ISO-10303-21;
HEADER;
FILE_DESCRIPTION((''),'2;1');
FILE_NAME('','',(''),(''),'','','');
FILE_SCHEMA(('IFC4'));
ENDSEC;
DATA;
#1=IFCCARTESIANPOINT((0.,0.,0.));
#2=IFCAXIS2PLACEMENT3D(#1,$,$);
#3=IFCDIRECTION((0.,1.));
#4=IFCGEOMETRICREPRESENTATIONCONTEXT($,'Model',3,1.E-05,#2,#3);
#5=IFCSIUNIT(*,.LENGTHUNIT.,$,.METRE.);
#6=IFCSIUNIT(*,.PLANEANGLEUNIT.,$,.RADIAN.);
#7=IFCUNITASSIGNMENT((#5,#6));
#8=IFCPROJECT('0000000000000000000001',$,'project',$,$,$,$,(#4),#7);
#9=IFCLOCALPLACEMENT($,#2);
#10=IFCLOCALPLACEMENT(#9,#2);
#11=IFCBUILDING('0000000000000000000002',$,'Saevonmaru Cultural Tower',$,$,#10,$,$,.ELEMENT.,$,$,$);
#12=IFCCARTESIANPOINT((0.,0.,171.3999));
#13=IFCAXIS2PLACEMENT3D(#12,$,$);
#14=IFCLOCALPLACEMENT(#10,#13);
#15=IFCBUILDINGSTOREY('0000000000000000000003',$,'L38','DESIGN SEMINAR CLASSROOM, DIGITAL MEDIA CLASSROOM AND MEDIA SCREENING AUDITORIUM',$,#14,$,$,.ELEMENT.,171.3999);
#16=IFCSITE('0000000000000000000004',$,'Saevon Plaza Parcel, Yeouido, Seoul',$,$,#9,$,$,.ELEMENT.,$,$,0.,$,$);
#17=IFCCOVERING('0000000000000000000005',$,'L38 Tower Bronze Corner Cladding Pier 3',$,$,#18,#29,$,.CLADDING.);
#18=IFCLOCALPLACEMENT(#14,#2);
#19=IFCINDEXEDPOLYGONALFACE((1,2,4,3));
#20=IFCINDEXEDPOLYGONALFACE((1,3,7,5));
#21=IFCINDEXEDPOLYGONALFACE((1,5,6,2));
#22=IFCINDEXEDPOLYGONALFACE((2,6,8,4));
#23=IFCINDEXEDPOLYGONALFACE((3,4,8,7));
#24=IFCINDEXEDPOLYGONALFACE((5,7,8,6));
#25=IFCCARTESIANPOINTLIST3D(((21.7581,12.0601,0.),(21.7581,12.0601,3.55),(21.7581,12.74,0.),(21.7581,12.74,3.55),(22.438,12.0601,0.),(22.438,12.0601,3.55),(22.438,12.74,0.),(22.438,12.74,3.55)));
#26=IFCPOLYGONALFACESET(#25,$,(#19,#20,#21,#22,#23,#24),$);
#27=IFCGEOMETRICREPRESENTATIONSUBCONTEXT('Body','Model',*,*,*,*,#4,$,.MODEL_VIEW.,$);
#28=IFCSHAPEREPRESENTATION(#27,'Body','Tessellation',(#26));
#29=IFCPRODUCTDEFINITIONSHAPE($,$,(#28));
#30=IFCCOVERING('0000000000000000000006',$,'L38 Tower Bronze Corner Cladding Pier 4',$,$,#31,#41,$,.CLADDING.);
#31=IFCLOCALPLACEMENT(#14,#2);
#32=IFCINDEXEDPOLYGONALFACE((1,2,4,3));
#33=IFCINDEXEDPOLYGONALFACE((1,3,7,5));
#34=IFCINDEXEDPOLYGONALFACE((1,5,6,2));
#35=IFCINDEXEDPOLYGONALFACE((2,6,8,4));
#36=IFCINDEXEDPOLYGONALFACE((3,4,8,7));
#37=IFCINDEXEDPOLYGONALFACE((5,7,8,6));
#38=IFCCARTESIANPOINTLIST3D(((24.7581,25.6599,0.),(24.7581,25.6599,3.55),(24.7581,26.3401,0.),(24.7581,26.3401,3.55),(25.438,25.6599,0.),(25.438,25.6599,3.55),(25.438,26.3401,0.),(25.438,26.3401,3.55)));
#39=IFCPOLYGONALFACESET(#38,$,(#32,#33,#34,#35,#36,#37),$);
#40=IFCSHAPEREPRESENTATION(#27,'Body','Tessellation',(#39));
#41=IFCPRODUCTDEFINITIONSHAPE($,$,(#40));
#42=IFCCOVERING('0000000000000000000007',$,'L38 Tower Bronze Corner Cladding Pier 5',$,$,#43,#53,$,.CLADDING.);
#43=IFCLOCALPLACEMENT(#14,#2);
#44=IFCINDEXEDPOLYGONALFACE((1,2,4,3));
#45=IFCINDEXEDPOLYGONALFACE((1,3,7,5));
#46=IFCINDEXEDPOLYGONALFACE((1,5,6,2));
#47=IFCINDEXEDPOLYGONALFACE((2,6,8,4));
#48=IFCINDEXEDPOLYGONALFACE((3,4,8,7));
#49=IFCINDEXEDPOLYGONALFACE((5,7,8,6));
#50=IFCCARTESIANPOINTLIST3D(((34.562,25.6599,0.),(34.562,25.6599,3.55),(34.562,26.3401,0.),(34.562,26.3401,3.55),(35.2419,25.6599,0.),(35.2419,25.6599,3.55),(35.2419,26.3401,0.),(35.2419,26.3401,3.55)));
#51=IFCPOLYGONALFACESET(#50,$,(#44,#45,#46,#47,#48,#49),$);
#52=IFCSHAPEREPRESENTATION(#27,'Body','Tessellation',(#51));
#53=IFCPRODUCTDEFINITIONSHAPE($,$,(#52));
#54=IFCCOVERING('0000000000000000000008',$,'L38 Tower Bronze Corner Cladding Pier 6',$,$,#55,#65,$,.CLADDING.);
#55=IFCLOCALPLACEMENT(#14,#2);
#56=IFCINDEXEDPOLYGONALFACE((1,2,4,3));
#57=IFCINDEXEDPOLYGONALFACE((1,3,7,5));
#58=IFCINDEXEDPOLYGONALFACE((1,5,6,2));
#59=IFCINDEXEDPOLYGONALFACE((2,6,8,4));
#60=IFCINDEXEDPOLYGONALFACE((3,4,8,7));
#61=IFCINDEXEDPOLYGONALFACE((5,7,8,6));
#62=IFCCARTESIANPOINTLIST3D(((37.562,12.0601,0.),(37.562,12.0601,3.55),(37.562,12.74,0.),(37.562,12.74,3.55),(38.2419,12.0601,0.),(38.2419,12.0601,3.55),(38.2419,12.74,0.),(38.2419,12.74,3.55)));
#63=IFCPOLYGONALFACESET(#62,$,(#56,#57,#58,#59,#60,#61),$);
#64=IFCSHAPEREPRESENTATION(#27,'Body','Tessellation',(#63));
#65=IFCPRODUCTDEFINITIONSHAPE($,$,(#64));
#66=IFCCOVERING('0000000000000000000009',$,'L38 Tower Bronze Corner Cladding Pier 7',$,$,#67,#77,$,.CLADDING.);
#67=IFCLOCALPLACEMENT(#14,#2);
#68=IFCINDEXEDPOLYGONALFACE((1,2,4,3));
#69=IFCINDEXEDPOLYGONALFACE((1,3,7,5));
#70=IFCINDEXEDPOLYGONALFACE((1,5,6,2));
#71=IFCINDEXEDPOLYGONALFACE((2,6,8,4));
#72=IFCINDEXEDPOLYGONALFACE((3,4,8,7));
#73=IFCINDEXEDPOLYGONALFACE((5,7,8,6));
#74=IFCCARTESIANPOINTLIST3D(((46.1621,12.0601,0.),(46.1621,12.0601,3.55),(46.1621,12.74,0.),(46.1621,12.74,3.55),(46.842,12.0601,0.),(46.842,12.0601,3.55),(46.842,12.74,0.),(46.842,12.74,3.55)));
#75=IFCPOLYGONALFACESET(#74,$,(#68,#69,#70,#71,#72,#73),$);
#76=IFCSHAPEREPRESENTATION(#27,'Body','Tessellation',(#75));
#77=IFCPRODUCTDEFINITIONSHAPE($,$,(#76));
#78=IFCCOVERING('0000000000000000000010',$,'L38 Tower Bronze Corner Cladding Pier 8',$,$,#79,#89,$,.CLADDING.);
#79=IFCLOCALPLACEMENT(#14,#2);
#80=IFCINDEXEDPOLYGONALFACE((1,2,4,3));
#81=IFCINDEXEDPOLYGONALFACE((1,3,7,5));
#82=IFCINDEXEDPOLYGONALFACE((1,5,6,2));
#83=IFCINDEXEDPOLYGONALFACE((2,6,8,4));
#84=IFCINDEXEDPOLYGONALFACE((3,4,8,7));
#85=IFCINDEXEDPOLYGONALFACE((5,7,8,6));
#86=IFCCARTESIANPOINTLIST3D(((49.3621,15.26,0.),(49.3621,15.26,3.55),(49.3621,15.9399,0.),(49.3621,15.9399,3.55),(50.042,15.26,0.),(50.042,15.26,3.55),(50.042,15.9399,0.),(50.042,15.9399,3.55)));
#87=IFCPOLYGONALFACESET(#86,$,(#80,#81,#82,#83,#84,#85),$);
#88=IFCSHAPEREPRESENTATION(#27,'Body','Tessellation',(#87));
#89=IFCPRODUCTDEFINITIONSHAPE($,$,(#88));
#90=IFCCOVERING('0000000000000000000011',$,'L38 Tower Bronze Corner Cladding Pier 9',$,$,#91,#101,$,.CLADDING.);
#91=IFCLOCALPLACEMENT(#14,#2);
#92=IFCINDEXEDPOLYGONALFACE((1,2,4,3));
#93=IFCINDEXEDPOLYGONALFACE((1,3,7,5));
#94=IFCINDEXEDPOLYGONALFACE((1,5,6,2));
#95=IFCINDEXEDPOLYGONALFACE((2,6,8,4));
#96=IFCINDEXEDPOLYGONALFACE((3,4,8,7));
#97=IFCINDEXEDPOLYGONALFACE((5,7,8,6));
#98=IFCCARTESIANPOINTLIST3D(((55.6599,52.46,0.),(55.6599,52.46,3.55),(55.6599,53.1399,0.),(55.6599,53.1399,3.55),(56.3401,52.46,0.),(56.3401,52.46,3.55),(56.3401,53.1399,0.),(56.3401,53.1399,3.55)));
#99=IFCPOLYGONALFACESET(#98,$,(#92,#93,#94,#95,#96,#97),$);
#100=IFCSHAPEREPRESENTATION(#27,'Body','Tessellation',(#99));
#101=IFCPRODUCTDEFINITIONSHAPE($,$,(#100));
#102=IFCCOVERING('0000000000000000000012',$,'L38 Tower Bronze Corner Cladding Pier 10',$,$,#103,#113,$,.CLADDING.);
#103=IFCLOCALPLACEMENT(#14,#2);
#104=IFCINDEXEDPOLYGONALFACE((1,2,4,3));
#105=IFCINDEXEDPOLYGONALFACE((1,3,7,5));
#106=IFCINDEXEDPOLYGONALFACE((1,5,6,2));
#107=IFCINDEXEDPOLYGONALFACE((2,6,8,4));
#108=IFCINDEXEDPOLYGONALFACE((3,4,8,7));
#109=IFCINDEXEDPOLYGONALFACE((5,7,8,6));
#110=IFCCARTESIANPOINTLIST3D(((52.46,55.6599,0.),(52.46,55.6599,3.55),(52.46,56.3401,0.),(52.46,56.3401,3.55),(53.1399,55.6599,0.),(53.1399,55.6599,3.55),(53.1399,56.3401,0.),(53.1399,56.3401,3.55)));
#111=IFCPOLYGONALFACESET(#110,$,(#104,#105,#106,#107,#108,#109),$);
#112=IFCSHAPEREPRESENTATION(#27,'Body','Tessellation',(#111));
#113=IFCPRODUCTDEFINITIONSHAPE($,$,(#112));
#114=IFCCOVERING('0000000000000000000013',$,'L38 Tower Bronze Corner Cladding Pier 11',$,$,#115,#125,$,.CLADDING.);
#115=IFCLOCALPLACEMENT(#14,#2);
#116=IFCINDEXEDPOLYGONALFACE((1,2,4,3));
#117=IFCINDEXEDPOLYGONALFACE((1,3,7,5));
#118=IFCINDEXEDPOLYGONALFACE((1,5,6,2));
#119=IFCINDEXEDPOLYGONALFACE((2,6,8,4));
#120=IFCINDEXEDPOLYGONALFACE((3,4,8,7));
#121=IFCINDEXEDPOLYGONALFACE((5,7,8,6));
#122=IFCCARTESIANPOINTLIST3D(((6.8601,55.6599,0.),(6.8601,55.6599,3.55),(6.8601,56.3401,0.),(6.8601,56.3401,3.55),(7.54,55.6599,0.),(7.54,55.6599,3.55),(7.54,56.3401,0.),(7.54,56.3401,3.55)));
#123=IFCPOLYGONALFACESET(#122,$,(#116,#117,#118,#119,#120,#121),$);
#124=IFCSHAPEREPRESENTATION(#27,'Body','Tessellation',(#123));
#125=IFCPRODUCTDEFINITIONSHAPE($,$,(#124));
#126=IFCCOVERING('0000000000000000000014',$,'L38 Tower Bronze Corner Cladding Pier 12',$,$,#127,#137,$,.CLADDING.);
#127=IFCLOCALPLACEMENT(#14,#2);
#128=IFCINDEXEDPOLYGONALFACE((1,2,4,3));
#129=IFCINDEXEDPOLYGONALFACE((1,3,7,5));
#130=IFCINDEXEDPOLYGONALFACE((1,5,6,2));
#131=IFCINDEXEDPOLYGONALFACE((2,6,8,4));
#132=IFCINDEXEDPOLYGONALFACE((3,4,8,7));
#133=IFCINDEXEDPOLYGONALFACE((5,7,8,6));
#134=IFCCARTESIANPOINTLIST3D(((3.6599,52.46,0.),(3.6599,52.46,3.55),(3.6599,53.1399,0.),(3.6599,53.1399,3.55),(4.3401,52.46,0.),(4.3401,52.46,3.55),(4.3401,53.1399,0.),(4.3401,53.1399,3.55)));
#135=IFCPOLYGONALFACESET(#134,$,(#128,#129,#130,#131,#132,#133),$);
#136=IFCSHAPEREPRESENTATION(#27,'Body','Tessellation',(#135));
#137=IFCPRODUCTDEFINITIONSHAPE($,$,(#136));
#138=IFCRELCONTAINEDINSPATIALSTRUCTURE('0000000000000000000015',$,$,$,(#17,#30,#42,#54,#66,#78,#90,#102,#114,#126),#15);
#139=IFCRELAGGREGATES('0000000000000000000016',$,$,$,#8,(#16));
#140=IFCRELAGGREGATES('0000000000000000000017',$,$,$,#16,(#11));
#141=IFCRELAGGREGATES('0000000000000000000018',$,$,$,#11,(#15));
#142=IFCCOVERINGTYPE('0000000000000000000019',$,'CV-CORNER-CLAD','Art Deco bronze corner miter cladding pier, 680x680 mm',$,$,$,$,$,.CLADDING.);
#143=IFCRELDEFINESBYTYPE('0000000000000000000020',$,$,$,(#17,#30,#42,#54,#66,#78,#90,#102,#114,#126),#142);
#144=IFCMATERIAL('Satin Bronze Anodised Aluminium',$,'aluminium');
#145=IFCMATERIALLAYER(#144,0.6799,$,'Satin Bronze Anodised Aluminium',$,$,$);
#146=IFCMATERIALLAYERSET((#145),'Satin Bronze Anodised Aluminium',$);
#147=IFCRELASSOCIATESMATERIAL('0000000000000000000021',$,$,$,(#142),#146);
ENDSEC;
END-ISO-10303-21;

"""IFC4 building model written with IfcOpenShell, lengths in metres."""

from ifc_helpers import new_model, si_unit, direction, frame, origin, place, context, subcontext, project, spatial, polyline, outline, extrude, material, layer, layer_set, type_object, element, save


model = new_model("IFC4")

# Units and contexts
model_context = context("Model", 3, precision=1e-05, world=origin(), true_north=direction((0.0, 1.0)))
body_context = subcontext(model_context, "Body", "Model", "MODEL_VIEW")
ifc_project = project(units=[si_unit("LENGTHUNIT", "METRE"), si_unit("PLANEANGLEUNIT", "RADIAN")], contexts=[model_context])

# Site, building, storey
site_placement = place(None, origin())
site = spatial("IfcSite", under=ifc_project, at=site_placement, Name="Saevon Plaza Parcel, Yeouido, Seoul", CompositionType="ELEMENT", RefElevation=0.0)
building_placement = place(site_placement, origin())
building = spatial("IfcBuilding", under=site, at=building_placement, Name="Saevonmaru Cultural Tower", CompositionType="ELEMENT")
storey_placement = place(building_placement, frame((0.0, 0.0, 171.3999)))
storey = spatial("IfcBuildingStorey", under=building, at=storey_placement, Name="L38", Description="DESIGN SEMINAR CLASSROOM, DIGITAL MEDIA CLASSROOM AND MEDIA SCREENING AUDITORIUM", CompositionType="ELEMENT", Elevation=171.3999)

# Shared definitions
ifc_material_1 = material(Name="Satin Bronze Anodised Aluminium", Category="aluminium")

# Coverings
ifc_layer_1 = layer(ifc_material_1, 0.6799, Name="Satin Bronze Anodised Aluminium")
ifc_layer_set_1 = layer_set([ifc_layer_1], Name="Satin Bronze Anodised Aluminium")
covering_type = type_object("IfcCoveringType", Name="CV-CORNER-CLAD", Description="Art Deco bronze corner miter cladding pier, 680x680 mm", PredefinedType="CLADDING", material=ifc_layer_set_1)
covering_1_placement = place(storey_placement, origin())
element("IfcCovering", 1, at=covering_1_placement, inside=storey, type_object=covering_type, Name="L38 Tower Bronze Corner Cladding Pier 3", PredefinedType="CLADDING", context=body_context, shape_type="SweptSolid", body=[
    extrude(outline(polyline([(21.7581, 12.0601), (22.438, 12.0601), (22.438, 12.74), (21.7581, 12.74), (21.7581, 12.0601)])), origin(), (0.0, 0.0, 1.0), 3.55),
])
covering_2_placement = place(storey_placement, origin())
element("IfcCovering", 2, at=covering_2_placement, inside=storey, type_object=covering_type, Name="L38 Tower Bronze Corner Cladding Pier 4", PredefinedType="CLADDING", context=body_context, shape_type="SweptSolid", body=[
    extrude(outline(polyline([(24.7581, 25.6599), (25.438, 25.6599), (25.438, 26.3401), (24.7581, 26.3401), (24.7581, 25.6599)])), origin(), (0.0, 0.0, 1.0), 3.55),
])
covering_3_placement = place(storey_placement, origin())
element("IfcCovering", 3, at=covering_3_placement, inside=storey, type_object=covering_type, Name="L38 Tower Bronze Corner Cladding Pier 5", PredefinedType="CLADDING", context=body_context, shape_type="SweptSolid", body=[
    extrude(outline(polyline([(34.562, 25.6599), (35.2419, 25.6599), (35.2419, 26.3401), (34.562, 26.3401), (34.562, 25.6599)])), origin(), (0.0, 0.0, 1.0), 3.55),
])
covering_4_placement = place(storey_placement, origin())
element("IfcCovering", 4, at=covering_4_placement, inside=storey, type_object=covering_type, Name="L38 Tower Bronze Corner Cladding Pier 6", PredefinedType="CLADDING", context=body_context, shape_type="SweptSolid", body=[
    extrude(outline(polyline([(37.562, 12.0601), (38.2419, 12.0601), (38.2419, 12.74), (37.562, 12.74), (37.562, 12.0601)])), origin(), (0.0, 0.0, 1.0), 3.55),
])
covering_5_placement = place(storey_placement, origin())
element("IfcCovering", 5, at=covering_5_placement, inside=storey, type_object=covering_type, Name="L38 Tower Bronze Corner Cladding Pier 7", PredefinedType="CLADDING", context=body_context, shape_type="SweptSolid", body=[
    extrude(outline(polyline([(46.1621, 12.0601), (46.842, 12.0601), (46.842, 12.74), (46.1621, 12.74), (46.1621, 12.0601)])), origin(), (0.0, 0.0, 1.0), 3.55),
])
covering_6_placement = place(storey_placement, origin())
element("IfcCovering", 6, at=covering_6_placement, inside=storey, type_object=covering_type, Name="L38 Tower Bronze Corner Cladding Pier 8", PredefinedType="CLADDING", context=body_context, shape_type="SweptSolid", body=[
    extrude(outline(polyline([(49.3621, 15.26), (50.042, 15.26), (50.042, 15.9399), (49.3621, 15.9399), (49.3621, 15.26)])), origin(), (0.0, 0.0, 1.0), 3.55),
])
covering_7_placement = place(storey_placement, origin())
element("IfcCovering", 7, at=covering_7_placement, inside=storey, type_object=covering_type, Name="L38 Tower Bronze Corner Cladding Pier 9", PredefinedType="CLADDING", context=body_context, shape_type="SweptSolid", body=[
    extrude(outline(polyline([(55.6599, 52.46), (56.3401, 52.46), (56.3401, 53.1399), (55.6599, 53.1399), (55.6599, 52.46)])), origin(), (0.0, 0.0, 1.0), 3.55),
])
covering_8_placement = place(storey_placement, origin())
element("IfcCovering", 8, at=covering_8_placement, inside=storey, type_object=covering_type, Name="L38 Tower Bronze Corner Cladding Pier 10", PredefinedType="CLADDING", context=body_context, shape_type="SweptSolid", body=[
    extrude(outline(polyline([(52.46, 55.6599), (53.1399, 55.6599), (53.1399, 56.3401), (52.46, 56.3401), (52.46, 55.6599)])), origin(), (0.0, 0.0, 1.0), 3.55),
])
covering_9_placement = place(storey_placement, origin())
element("IfcCovering", 9, at=covering_9_placement, inside=storey, type_object=covering_type, Name="L38 Tower Bronze Corner Cladding Pier 11", PredefinedType="CLADDING", context=body_context, shape_type="SweptSolid", body=[
    extrude(outline(polyline([(6.8601, 55.6599), (7.54, 55.6599), (7.54, 56.3401), (6.8601, 56.3401), (6.8601, 55.6599)])), origin(), (0.0, 0.0, 1.0), 3.55),
])
covering_10_placement = place(storey_placement, origin())
element("IfcCovering", 10, at=covering_10_placement, inside=storey, type_object=covering_type, Name="L38 Tower Bronze Corner Cladding Pier 12", PredefinedType="CLADDING", context=body_context, shape_type="SweptSolid", body=[
    extrude(outline(polyline([(3.6599, 52.46), (4.3401, 52.46), (4.3401, 53.1399), (3.6599, 53.1399), (3.6599, 52.46)])), origin(), (0.0, 0.0, 1.0), 3.55),
])

save(model, "model.ifc")
